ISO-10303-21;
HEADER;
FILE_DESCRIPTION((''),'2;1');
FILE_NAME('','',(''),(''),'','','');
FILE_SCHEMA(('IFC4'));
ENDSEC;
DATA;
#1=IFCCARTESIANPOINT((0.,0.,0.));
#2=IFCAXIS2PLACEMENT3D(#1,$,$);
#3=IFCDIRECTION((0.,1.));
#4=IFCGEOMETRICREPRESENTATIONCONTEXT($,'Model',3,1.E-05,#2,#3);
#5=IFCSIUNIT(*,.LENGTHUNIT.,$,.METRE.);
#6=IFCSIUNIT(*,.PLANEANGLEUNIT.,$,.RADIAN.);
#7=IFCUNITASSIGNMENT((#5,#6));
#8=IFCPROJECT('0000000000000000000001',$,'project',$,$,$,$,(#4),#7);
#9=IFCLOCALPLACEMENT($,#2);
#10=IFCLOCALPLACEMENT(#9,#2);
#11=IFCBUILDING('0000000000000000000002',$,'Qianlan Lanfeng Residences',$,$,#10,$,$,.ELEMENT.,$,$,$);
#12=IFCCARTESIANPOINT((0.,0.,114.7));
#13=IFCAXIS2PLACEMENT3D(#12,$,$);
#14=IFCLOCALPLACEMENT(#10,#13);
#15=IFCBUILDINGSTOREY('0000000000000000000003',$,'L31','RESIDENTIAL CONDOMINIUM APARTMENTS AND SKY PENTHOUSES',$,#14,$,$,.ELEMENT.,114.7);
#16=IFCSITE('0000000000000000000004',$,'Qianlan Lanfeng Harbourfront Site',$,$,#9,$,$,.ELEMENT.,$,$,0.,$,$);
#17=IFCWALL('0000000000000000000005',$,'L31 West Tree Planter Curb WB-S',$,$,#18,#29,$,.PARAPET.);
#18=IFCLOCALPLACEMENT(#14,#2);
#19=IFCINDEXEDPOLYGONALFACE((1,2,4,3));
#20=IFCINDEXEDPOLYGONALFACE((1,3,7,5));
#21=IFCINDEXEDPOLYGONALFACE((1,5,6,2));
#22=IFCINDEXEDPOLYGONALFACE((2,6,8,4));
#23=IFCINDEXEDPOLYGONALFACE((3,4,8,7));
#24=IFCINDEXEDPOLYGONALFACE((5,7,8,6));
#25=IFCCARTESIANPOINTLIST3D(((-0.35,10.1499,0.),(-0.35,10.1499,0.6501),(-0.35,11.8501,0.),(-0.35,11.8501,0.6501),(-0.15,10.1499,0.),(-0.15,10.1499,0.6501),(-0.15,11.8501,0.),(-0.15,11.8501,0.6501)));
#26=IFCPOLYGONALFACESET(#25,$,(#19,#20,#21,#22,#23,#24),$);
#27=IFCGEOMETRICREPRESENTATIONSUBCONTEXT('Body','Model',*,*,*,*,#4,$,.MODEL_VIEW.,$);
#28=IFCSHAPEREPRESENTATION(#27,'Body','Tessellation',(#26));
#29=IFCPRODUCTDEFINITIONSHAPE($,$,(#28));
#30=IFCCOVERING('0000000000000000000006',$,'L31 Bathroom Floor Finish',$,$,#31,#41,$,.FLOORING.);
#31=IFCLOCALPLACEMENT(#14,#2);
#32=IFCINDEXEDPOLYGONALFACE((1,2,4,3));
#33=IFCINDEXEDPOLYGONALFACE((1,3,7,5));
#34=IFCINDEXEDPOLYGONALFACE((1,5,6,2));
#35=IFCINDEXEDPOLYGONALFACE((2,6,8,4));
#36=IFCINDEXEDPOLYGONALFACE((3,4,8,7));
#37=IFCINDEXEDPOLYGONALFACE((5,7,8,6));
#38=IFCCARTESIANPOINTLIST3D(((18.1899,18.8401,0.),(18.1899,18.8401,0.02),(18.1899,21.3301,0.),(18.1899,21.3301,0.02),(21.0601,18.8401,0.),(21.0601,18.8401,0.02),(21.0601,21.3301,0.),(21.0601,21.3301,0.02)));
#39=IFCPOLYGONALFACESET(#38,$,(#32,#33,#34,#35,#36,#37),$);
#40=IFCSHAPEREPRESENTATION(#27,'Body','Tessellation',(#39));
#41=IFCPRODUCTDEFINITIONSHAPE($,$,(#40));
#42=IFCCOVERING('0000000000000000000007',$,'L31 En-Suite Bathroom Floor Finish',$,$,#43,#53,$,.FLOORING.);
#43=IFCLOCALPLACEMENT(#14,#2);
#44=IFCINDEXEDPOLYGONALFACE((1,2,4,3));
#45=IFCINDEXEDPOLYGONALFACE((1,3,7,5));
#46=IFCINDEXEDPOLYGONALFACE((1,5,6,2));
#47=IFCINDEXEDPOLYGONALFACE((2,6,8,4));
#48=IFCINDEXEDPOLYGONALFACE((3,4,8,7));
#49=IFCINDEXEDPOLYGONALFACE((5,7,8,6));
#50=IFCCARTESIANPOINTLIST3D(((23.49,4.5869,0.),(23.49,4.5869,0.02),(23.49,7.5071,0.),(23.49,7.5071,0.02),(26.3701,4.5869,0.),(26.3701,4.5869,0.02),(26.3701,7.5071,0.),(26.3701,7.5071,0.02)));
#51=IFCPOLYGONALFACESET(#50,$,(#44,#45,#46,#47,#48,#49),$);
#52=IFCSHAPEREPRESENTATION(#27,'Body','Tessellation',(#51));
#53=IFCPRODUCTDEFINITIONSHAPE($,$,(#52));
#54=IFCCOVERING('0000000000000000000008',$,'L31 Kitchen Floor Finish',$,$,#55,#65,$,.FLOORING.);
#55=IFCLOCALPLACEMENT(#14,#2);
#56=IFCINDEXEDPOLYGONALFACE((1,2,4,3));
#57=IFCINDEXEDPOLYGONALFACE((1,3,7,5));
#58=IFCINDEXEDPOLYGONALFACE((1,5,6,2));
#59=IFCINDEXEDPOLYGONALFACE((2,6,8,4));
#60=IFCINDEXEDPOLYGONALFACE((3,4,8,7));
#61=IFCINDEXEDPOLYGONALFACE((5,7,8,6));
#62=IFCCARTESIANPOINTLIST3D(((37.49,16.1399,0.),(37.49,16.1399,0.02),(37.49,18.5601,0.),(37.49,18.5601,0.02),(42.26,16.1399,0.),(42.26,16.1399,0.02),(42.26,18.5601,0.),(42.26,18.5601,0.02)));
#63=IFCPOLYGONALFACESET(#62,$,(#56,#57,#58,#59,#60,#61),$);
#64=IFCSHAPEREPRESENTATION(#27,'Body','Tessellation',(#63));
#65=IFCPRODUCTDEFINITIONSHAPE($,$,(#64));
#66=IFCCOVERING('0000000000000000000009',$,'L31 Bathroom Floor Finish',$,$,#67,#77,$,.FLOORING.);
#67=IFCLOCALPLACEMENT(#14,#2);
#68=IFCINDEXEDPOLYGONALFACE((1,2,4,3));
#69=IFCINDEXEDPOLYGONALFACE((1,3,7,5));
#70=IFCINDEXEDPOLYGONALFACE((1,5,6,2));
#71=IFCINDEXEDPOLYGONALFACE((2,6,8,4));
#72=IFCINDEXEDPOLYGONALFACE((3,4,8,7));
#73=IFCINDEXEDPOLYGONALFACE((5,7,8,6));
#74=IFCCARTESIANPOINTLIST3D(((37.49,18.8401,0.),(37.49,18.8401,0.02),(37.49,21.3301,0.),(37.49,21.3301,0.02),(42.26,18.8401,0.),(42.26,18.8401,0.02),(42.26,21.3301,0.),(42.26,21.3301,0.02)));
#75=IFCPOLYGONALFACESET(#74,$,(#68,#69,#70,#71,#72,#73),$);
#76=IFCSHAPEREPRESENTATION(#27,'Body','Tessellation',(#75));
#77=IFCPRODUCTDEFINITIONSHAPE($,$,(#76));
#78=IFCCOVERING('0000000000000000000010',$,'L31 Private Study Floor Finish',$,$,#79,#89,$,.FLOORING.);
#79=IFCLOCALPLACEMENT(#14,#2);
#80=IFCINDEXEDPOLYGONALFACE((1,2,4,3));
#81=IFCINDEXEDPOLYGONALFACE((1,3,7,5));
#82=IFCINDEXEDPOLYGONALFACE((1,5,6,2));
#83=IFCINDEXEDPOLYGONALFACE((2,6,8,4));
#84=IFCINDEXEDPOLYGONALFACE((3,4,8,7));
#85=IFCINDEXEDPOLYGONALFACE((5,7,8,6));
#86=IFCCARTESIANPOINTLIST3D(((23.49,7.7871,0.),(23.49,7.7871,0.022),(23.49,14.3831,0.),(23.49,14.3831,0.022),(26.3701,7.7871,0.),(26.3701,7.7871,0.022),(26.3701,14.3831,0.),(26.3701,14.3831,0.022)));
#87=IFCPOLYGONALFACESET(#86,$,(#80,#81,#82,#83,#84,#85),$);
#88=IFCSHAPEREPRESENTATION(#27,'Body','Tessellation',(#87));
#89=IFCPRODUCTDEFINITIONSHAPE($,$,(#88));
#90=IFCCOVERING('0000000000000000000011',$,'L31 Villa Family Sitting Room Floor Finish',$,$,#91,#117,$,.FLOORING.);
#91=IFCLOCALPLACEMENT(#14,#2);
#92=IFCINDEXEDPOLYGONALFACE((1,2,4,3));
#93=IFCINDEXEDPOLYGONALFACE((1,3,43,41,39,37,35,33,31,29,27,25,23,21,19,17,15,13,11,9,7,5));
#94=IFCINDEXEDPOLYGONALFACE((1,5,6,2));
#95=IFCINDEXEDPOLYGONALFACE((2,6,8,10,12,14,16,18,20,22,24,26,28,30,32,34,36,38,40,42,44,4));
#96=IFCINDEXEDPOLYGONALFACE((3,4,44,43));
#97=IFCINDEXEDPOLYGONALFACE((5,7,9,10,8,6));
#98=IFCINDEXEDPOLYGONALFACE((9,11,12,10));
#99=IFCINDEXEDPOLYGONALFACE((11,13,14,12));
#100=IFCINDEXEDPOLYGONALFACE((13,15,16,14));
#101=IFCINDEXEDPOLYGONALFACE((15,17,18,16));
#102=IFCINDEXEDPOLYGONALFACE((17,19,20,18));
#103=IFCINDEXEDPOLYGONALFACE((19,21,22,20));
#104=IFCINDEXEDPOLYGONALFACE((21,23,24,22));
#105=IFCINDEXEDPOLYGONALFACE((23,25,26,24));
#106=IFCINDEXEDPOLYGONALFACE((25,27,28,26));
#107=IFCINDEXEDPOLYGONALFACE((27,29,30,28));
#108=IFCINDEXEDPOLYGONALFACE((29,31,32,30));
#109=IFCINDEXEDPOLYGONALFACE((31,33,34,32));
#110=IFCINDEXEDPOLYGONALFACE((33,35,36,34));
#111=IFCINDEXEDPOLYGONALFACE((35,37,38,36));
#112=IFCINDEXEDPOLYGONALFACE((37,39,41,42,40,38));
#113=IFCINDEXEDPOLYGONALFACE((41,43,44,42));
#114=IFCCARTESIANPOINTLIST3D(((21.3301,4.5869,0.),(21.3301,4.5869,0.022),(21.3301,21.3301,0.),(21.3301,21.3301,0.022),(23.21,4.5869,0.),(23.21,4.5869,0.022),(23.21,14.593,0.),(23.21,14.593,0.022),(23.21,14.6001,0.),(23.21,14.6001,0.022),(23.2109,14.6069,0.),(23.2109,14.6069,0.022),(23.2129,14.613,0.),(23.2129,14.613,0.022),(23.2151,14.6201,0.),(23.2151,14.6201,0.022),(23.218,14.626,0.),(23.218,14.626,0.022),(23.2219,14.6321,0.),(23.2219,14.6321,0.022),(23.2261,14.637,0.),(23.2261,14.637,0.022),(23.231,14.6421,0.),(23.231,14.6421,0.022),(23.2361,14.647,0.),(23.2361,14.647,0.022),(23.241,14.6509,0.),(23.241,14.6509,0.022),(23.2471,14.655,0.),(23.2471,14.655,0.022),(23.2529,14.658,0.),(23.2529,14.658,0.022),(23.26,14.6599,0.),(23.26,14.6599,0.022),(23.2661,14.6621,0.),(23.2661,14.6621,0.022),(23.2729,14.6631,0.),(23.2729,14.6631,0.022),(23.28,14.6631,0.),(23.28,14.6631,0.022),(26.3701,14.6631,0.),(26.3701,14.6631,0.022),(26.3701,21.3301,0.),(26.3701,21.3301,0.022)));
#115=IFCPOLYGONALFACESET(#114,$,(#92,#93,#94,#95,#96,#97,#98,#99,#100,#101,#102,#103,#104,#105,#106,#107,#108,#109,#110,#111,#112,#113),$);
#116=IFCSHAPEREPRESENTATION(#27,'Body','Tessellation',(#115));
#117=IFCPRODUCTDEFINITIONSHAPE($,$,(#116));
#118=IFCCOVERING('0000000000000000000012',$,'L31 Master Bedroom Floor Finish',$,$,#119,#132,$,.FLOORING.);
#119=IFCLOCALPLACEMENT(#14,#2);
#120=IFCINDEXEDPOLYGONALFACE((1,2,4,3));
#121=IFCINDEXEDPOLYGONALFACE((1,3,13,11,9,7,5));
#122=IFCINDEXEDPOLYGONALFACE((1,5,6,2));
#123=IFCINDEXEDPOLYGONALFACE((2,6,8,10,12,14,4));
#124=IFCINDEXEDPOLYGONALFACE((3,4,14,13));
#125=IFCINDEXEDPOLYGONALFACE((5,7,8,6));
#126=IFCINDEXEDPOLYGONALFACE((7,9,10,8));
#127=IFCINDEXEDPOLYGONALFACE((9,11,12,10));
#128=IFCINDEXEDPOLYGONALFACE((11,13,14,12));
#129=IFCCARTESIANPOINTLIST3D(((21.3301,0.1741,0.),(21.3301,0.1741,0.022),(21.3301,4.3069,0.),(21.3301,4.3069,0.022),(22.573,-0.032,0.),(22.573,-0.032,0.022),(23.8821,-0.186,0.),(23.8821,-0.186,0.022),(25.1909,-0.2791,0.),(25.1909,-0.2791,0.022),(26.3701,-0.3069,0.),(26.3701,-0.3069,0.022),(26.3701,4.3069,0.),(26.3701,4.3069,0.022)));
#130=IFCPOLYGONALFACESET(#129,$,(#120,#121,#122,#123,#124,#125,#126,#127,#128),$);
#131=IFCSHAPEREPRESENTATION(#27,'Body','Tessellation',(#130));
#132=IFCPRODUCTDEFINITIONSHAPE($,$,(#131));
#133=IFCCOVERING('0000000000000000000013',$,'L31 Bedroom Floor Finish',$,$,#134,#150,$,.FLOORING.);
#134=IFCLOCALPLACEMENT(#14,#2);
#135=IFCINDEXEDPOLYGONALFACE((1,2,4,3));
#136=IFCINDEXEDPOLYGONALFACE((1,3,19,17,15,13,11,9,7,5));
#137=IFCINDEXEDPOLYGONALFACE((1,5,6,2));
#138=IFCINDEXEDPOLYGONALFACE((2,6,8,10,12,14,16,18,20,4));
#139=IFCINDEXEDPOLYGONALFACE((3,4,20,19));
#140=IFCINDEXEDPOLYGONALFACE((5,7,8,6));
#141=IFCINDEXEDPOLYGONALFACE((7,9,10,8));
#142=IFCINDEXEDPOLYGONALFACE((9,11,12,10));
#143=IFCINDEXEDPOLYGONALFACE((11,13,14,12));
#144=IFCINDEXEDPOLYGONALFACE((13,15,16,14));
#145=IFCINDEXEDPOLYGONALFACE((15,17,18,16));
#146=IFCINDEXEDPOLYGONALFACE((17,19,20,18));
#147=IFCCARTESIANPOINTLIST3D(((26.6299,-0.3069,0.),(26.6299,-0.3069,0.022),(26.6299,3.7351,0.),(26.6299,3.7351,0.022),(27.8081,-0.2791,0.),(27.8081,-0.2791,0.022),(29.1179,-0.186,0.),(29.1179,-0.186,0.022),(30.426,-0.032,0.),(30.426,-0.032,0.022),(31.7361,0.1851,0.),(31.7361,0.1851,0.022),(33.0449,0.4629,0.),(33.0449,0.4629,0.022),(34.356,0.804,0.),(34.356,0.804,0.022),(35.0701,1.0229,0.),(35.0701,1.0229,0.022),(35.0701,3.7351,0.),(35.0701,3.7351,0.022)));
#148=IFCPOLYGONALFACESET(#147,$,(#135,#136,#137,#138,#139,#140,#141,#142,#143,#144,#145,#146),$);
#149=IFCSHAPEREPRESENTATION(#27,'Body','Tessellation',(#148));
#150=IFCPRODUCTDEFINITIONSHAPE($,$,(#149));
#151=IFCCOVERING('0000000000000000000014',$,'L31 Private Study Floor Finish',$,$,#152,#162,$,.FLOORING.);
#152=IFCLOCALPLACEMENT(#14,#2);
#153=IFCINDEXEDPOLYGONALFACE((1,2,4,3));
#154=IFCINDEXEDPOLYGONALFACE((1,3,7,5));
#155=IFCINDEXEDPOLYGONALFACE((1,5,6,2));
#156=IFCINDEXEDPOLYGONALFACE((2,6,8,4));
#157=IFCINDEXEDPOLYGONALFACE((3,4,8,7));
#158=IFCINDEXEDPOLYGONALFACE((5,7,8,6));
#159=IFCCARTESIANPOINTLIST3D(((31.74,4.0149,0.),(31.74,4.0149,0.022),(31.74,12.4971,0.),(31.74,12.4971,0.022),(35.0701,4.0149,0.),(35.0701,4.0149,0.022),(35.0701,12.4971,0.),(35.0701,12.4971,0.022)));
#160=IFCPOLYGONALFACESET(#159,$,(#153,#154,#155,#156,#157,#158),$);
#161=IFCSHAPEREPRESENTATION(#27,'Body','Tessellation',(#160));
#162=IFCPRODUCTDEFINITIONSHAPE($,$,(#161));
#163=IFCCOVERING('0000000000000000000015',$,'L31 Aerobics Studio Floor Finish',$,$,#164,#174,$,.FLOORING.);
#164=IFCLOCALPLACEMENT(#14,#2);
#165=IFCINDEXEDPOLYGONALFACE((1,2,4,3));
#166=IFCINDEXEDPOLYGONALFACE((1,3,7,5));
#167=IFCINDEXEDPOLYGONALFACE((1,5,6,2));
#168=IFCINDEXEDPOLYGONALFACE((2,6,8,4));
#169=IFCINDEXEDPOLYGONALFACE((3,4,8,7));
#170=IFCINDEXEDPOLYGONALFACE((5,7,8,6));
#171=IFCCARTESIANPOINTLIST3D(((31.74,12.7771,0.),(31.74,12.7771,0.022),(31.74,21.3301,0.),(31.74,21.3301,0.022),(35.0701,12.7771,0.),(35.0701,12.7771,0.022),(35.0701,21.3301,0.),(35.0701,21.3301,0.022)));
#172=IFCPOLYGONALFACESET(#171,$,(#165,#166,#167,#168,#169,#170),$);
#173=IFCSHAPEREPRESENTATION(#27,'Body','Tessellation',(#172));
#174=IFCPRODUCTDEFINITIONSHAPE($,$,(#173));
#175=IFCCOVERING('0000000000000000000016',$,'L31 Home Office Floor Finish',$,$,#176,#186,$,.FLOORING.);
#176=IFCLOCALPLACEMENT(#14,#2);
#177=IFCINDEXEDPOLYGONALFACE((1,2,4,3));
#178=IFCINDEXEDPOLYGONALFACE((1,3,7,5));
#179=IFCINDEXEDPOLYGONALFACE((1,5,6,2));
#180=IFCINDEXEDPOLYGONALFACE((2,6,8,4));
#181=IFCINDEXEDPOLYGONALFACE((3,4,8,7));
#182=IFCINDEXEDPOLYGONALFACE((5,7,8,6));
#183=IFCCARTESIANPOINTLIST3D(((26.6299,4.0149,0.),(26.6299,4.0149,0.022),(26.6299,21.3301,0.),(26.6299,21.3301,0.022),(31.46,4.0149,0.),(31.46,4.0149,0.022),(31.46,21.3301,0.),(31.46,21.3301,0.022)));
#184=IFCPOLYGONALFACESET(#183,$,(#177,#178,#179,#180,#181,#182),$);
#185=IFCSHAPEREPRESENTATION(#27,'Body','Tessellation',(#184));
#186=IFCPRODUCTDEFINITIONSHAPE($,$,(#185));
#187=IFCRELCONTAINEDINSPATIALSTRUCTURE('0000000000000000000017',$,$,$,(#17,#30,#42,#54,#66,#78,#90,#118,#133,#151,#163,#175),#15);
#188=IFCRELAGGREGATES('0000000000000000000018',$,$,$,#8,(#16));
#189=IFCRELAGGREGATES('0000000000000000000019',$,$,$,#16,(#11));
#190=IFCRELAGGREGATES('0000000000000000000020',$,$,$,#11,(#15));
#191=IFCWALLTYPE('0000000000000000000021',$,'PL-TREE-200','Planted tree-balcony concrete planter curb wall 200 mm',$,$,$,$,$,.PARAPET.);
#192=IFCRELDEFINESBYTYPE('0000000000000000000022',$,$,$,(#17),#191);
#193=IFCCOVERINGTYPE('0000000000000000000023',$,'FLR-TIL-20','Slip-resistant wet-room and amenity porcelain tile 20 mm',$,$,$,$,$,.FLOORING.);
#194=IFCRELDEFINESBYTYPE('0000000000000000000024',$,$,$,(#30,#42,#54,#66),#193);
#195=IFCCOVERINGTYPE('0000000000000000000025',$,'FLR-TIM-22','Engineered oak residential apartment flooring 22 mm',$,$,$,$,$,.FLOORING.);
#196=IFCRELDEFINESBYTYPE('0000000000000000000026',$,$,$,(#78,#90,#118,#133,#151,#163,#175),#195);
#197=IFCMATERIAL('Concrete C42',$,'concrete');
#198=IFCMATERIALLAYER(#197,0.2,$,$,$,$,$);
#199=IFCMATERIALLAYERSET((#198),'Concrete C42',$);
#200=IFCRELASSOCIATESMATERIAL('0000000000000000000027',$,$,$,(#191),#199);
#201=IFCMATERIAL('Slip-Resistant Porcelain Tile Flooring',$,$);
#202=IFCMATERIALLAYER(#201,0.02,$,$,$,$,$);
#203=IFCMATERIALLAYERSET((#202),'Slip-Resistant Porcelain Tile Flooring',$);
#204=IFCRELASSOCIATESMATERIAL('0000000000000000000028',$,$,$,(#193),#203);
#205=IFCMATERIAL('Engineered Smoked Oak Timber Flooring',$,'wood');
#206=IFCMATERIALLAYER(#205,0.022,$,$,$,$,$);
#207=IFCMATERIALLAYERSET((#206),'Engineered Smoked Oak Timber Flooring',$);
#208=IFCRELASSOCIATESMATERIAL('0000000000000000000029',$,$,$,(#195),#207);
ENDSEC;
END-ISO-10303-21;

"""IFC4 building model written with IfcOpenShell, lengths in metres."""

from ifc_helpers import new_model, si_unit, direction, frame, frame_2d, origin, place, context, subcontext, project, spatial, polyline, rectangle, outline, extrude, material, layer, layer_set, type_object, element, save


model = new_model("IFC4")

# Units and contexts
model_context = context("Model", 3, precision=1e-05, world=origin(), true_north=direction((0.0, 1.0)))
body_context = subcontext(model_context, "Body", "Model", "MODEL_VIEW")
ifc_project = project(units=[si_unit("LENGTHUNIT", "METRE"), si_unit("PLANEANGLEUNIT", "RADIAN")], contexts=[model_context])

# Site, building, storey
site_placement = place(None, origin())
site = spatial("IfcSite", under=ifc_project, at=site_placement, Name="Qianlan Lanfeng Harbourfront Site", CompositionType="ELEMENT", RefElevation=0.0)
building_placement = place(site_placement, origin())
building = spatial("IfcBuilding", under=site, at=building_placement, Name="Qianlan Lanfeng Residences", CompositionType="ELEMENT")
storey_placement = place(building_placement, frame((0.0, 0.0, 114.7)))
storey = spatial("IfcBuildingStorey", under=building, at=storey_placement, Name="L31", Description="RESIDENTIAL CONDOMINIUM APARTMENTS AND SKY PENTHOUSES", CompositionType="ELEMENT", Elevation=114.7)

# Wall
ifc_material_1 = material(Name="Concrete C42", Category="concrete")
ifc_layer_1 = layer(ifc_material_1, 0.2)
ifc_layer_set_1 = layer_set([ifc_layer_1], Name="Concrete C42")
wall_type = type_object("IfcWallType", Name="PL-TREE-200", Description="Planted tree-balcony concrete planter curb wall 200 mm", PredefinedType="PARAPET", material=ifc_layer_set_1)
wall_placement = place(storey_placement, frame((-0.25, 10.1499, 0.0), z_axis=(0.0, 0.0, 1.0), x_axis=(0.0, 1.0, 0.0)))
element("IfcWall", 1, at=wall_placement, inside=storey, type_object=wall_type, Name="L31 West Tree Planter Curb WB-S", PredefinedType="PARAPET", context=body_context, shape_type="SweptSolid", body=[
    extrude(rectangle(XDim=1.7002, YDim=0.2, at=frame_2d((0.8501, 0.0))), origin(), (0.0, 0.0, 1.0), 0.6501),
])

# Coverings
ifc_material_2 = material(Name="Slip-Resistant Porcelain Tile Flooring")
ifc_layer_2 = layer(ifc_material_2, 0.02)
ifc_layer_set_2 = layer_set([ifc_layer_2], Name="Slip-Resistant Porcelain Tile Flooring")
covering_type_1 = type_object("IfcCoveringType", Name="FLR-TIL-20", Description="Slip-resistant wet-room and amenity porcelain tile 20 mm", PredefinedType="FLOORING", material=ifc_layer_set_2)
covering_1_placement = place(storey_placement, origin())
element("IfcCovering", 2, at=covering_1_placement, inside=storey, type_object=covering_type_1, Name="L31 Bathroom Floor Finish", PredefinedType="FLOORING", context=body_context, shape_type="SweptSolid", body=[
    extrude(outline(polyline([(18.1899, 18.8401), (21.0601, 18.8401), (21.0601, 21.3301), (18.1899, 21.3301), (18.1899, 18.8401)])), origin(), (0.0, 0.0, 1.0), 0.02),
])
covering_2_placement = place(storey_placement, origin())
element("IfcCovering", 3, at=covering_2_placement, inside=storey, type_object=covering_type_1, Name="L31 En-Suite Bathroom Floor Finish", PredefinedType="FLOORING", context=body_context, shape_type="SweptSolid", body=[
    extrude(outline(polyline([(23.49, 4.5869), (26.3701, 4.5869), (26.3701, 7.5071), (23.49, 7.5071), (23.49, 4.5869)])), origin(), (0.0, 0.0, 1.0), 0.02),
])
covering_3_placement = place(storey_placement, origin())
element("IfcCovering", 4, at=covering_3_placement, inside=storey, type_object=covering_type_1, Name="L31 Kitchen Floor Finish", PredefinedType="FLOORING", context=body_context, shape_type="SweptSolid", body=[
    extrude(outline(polyline([(37.49, 16.1399), (42.26, 16.1399), (42.26, 18.5601), (37.49, 18.5601), (37.49, 16.1399)])), origin(), (0.0, 0.0, 1.0), 0.02),
])
covering_4_placement = place(storey_placement, origin())
element("IfcCovering", 5, at=covering_4_placement, inside=storey, type_object=covering_type_1, Name="L31 Bathroom Floor Finish", PredefinedType="FLOORING", context=body_context, shape_type="SweptSolid", body=[
    extrude(outline(polyline([(37.49, 18.8401), (42.26, 18.8401), (42.26, 21.3301), (37.49, 21.3301), (37.49, 18.8401)])), origin(), (0.0, 0.0, 1.0), 0.02),
])
ifc_material_3 = material(Name="Engineered Smoked Oak Timber Flooring", Category="wood")
ifc_layer_3 = layer(ifc_material_3, 0.022)
ifc_layer_set_3 = layer_set([ifc_layer_3], Name="Engineered Smoked Oak Timber Flooring")
covering_type_2 = type_object("IfcCoveringType", Name="FLR-TIM-22", Description="Engineered oak residential apartment flooring 22 mm", PredefinedType="FLOORING", material=ifc_layer_set_3)
covering_5_placement = place(storey_placement, origin())
element("IfcCovering", 6, at=covering_5_placement, inside=storey, type_object=covering_type_2, Name="L31 Private Study Floor Finish", PredefinedType="FLOORING", context=body_context, shape_type="SweptSolid", body=[
    extrude(outline(polyline([(23.49, 7.7871), (26.3701, 7.7871), (26.3701, 14.3831), (23.49, 14.3831), (23.49, 7.7871)])), origin(), (0.0, 0.0, 1.0), 0.022),
])
covering_6_placement = place(storey_placement, origin())
element("IfcCovering", 7, at=covering_6_placement, inside=storey, type_object=covering_type_2, Name="L31 Villa Family Sitting Room Floor Finish", PredefinedType="FLOORING", context=body_context, shape_type="SweptSolid", body=[
    extrude(outline(polyline([(21.3301, 4.5869), (23.21, 4.5869), (23.21, 14.593), (23.21, 14.6001), (23.2109, 14.6069), (23.2129, 14.613), (23.2151, 14.6201), (23.218, 14.626), (23.2219, 14.6321), (23.2261, 14.637), (23.231, 14.6421), (23.2361, 14.647), (23.241, 14.6509), (23.2471, 14.655), (23.2529, 14.658), (23.26, 14.6599), (23.2661, 14.6621), (23.2729, 14.6631), (23.28, 14.6631), (26.3701, 14.6631), (26.3701, 21.3301), (21.3301, 21.3301), (21.3301, 4.5869)])), origin(), (0.0, 0.0, 1.0), 0.022),
])
covering_7_placement = place(storey_placement, origin())
element("IfcCovering", 8, at=covering_7_placement, inside=storey, type_object=covering_type_2, Name="L31 Master Bedroom Floor Finish", PredefinedType="FLOORING", context=body_context, shape_type="SweptSolid", body=[
    extrude(outline(polyline([(21.3301, 4.3069), (21.3301, 0.1741), (22.573, -0.032), (23.8821, -0.186), (25.1909, -0.2791), (26.3701, -0.3069), (26.3701, 4.3069), (21.3301, 4.3069)])), origin(), (0.0, 0.0, 1.0), 0.022),
])
covering_8_placement = place(storey_placement, origin())
element("IfcCovering", 9, at=covering_8_placement, inside=storey, type_object=covering_type_2, Name="L31 Bedroom Floor Finish", PredefinedType="FLOORING", context=body_context, shape_type="SweptSolid", body=[
    extrude(outline(polyline([(26.6299, 3.7351), (26.6299, -0.3069), (27.8081, -0.2791), (29.1179, -0.186), (30.426, -0.032), (31.7361, 0.1851), (33.0449, 0.4629), (34.356, 0.804), (35.0701, 1.0229), (35.0701, 3.7351), (26.6299, 3.7351)])), origin(), (0.0, 0.0, 1.0), 0.022),
])
covering_9_placement = place(storey_placement, origin())
element("IfcCovering", 10, at=covering_9_placement, inside=storey, type_object=covering_type_2, Name="L31 Private Study Floor Finish", PredefinedType="FLOORING", context=body_context, shape_type="SweptSolid", body=[
    extrude(outline(polyline([(31.74, 4.0149), (35.0701, 4.0149), (35.0701, 12.4971), (31.74, 12.4971), (31.74, 4.0149)])), origin(), (0.0, 0.0, 1.0), 0.022),
])
covering_10_placement = place(storey_placement, origin())
element("IfcCovering", 11, at=covering_10_placement, inside=storey, type_object=covering_type_2, Name="L31 Aerobics Studio Floor Finish", PredefinedType="FLOORING", context=body_context, shape_type="SweptSolid", body=[
    extrude(outline(polyline([(31.74, 12.7771), (35.0701, 12.7771), (35.0701, 21.3301), (31.74, 21.3301), (31.74, 12.7771)])), origin(), (0.0, 0.0, 1.0), 0.022),
])
covering_11_placement = place(storey_placement, origin())
element("IfcCovering", 12, at=covering_11_placement, inside=storey, type_object=covering_type_2, Name="L31 Home Office Floor Finish", PredefinedType="FLOORING", context=body_context, shape_type="SweptSolid", body=[
    extrude(outline(polyline([(26.6299, 4.0149), (31.46, 4.0149), (31.46, 21.3301), (26.6299, 21.3301), (26.6299, 4.0149)])), origin(), (0.0, 0.0, 1.0), 0.022),
])

save(model, "model.ifc")
